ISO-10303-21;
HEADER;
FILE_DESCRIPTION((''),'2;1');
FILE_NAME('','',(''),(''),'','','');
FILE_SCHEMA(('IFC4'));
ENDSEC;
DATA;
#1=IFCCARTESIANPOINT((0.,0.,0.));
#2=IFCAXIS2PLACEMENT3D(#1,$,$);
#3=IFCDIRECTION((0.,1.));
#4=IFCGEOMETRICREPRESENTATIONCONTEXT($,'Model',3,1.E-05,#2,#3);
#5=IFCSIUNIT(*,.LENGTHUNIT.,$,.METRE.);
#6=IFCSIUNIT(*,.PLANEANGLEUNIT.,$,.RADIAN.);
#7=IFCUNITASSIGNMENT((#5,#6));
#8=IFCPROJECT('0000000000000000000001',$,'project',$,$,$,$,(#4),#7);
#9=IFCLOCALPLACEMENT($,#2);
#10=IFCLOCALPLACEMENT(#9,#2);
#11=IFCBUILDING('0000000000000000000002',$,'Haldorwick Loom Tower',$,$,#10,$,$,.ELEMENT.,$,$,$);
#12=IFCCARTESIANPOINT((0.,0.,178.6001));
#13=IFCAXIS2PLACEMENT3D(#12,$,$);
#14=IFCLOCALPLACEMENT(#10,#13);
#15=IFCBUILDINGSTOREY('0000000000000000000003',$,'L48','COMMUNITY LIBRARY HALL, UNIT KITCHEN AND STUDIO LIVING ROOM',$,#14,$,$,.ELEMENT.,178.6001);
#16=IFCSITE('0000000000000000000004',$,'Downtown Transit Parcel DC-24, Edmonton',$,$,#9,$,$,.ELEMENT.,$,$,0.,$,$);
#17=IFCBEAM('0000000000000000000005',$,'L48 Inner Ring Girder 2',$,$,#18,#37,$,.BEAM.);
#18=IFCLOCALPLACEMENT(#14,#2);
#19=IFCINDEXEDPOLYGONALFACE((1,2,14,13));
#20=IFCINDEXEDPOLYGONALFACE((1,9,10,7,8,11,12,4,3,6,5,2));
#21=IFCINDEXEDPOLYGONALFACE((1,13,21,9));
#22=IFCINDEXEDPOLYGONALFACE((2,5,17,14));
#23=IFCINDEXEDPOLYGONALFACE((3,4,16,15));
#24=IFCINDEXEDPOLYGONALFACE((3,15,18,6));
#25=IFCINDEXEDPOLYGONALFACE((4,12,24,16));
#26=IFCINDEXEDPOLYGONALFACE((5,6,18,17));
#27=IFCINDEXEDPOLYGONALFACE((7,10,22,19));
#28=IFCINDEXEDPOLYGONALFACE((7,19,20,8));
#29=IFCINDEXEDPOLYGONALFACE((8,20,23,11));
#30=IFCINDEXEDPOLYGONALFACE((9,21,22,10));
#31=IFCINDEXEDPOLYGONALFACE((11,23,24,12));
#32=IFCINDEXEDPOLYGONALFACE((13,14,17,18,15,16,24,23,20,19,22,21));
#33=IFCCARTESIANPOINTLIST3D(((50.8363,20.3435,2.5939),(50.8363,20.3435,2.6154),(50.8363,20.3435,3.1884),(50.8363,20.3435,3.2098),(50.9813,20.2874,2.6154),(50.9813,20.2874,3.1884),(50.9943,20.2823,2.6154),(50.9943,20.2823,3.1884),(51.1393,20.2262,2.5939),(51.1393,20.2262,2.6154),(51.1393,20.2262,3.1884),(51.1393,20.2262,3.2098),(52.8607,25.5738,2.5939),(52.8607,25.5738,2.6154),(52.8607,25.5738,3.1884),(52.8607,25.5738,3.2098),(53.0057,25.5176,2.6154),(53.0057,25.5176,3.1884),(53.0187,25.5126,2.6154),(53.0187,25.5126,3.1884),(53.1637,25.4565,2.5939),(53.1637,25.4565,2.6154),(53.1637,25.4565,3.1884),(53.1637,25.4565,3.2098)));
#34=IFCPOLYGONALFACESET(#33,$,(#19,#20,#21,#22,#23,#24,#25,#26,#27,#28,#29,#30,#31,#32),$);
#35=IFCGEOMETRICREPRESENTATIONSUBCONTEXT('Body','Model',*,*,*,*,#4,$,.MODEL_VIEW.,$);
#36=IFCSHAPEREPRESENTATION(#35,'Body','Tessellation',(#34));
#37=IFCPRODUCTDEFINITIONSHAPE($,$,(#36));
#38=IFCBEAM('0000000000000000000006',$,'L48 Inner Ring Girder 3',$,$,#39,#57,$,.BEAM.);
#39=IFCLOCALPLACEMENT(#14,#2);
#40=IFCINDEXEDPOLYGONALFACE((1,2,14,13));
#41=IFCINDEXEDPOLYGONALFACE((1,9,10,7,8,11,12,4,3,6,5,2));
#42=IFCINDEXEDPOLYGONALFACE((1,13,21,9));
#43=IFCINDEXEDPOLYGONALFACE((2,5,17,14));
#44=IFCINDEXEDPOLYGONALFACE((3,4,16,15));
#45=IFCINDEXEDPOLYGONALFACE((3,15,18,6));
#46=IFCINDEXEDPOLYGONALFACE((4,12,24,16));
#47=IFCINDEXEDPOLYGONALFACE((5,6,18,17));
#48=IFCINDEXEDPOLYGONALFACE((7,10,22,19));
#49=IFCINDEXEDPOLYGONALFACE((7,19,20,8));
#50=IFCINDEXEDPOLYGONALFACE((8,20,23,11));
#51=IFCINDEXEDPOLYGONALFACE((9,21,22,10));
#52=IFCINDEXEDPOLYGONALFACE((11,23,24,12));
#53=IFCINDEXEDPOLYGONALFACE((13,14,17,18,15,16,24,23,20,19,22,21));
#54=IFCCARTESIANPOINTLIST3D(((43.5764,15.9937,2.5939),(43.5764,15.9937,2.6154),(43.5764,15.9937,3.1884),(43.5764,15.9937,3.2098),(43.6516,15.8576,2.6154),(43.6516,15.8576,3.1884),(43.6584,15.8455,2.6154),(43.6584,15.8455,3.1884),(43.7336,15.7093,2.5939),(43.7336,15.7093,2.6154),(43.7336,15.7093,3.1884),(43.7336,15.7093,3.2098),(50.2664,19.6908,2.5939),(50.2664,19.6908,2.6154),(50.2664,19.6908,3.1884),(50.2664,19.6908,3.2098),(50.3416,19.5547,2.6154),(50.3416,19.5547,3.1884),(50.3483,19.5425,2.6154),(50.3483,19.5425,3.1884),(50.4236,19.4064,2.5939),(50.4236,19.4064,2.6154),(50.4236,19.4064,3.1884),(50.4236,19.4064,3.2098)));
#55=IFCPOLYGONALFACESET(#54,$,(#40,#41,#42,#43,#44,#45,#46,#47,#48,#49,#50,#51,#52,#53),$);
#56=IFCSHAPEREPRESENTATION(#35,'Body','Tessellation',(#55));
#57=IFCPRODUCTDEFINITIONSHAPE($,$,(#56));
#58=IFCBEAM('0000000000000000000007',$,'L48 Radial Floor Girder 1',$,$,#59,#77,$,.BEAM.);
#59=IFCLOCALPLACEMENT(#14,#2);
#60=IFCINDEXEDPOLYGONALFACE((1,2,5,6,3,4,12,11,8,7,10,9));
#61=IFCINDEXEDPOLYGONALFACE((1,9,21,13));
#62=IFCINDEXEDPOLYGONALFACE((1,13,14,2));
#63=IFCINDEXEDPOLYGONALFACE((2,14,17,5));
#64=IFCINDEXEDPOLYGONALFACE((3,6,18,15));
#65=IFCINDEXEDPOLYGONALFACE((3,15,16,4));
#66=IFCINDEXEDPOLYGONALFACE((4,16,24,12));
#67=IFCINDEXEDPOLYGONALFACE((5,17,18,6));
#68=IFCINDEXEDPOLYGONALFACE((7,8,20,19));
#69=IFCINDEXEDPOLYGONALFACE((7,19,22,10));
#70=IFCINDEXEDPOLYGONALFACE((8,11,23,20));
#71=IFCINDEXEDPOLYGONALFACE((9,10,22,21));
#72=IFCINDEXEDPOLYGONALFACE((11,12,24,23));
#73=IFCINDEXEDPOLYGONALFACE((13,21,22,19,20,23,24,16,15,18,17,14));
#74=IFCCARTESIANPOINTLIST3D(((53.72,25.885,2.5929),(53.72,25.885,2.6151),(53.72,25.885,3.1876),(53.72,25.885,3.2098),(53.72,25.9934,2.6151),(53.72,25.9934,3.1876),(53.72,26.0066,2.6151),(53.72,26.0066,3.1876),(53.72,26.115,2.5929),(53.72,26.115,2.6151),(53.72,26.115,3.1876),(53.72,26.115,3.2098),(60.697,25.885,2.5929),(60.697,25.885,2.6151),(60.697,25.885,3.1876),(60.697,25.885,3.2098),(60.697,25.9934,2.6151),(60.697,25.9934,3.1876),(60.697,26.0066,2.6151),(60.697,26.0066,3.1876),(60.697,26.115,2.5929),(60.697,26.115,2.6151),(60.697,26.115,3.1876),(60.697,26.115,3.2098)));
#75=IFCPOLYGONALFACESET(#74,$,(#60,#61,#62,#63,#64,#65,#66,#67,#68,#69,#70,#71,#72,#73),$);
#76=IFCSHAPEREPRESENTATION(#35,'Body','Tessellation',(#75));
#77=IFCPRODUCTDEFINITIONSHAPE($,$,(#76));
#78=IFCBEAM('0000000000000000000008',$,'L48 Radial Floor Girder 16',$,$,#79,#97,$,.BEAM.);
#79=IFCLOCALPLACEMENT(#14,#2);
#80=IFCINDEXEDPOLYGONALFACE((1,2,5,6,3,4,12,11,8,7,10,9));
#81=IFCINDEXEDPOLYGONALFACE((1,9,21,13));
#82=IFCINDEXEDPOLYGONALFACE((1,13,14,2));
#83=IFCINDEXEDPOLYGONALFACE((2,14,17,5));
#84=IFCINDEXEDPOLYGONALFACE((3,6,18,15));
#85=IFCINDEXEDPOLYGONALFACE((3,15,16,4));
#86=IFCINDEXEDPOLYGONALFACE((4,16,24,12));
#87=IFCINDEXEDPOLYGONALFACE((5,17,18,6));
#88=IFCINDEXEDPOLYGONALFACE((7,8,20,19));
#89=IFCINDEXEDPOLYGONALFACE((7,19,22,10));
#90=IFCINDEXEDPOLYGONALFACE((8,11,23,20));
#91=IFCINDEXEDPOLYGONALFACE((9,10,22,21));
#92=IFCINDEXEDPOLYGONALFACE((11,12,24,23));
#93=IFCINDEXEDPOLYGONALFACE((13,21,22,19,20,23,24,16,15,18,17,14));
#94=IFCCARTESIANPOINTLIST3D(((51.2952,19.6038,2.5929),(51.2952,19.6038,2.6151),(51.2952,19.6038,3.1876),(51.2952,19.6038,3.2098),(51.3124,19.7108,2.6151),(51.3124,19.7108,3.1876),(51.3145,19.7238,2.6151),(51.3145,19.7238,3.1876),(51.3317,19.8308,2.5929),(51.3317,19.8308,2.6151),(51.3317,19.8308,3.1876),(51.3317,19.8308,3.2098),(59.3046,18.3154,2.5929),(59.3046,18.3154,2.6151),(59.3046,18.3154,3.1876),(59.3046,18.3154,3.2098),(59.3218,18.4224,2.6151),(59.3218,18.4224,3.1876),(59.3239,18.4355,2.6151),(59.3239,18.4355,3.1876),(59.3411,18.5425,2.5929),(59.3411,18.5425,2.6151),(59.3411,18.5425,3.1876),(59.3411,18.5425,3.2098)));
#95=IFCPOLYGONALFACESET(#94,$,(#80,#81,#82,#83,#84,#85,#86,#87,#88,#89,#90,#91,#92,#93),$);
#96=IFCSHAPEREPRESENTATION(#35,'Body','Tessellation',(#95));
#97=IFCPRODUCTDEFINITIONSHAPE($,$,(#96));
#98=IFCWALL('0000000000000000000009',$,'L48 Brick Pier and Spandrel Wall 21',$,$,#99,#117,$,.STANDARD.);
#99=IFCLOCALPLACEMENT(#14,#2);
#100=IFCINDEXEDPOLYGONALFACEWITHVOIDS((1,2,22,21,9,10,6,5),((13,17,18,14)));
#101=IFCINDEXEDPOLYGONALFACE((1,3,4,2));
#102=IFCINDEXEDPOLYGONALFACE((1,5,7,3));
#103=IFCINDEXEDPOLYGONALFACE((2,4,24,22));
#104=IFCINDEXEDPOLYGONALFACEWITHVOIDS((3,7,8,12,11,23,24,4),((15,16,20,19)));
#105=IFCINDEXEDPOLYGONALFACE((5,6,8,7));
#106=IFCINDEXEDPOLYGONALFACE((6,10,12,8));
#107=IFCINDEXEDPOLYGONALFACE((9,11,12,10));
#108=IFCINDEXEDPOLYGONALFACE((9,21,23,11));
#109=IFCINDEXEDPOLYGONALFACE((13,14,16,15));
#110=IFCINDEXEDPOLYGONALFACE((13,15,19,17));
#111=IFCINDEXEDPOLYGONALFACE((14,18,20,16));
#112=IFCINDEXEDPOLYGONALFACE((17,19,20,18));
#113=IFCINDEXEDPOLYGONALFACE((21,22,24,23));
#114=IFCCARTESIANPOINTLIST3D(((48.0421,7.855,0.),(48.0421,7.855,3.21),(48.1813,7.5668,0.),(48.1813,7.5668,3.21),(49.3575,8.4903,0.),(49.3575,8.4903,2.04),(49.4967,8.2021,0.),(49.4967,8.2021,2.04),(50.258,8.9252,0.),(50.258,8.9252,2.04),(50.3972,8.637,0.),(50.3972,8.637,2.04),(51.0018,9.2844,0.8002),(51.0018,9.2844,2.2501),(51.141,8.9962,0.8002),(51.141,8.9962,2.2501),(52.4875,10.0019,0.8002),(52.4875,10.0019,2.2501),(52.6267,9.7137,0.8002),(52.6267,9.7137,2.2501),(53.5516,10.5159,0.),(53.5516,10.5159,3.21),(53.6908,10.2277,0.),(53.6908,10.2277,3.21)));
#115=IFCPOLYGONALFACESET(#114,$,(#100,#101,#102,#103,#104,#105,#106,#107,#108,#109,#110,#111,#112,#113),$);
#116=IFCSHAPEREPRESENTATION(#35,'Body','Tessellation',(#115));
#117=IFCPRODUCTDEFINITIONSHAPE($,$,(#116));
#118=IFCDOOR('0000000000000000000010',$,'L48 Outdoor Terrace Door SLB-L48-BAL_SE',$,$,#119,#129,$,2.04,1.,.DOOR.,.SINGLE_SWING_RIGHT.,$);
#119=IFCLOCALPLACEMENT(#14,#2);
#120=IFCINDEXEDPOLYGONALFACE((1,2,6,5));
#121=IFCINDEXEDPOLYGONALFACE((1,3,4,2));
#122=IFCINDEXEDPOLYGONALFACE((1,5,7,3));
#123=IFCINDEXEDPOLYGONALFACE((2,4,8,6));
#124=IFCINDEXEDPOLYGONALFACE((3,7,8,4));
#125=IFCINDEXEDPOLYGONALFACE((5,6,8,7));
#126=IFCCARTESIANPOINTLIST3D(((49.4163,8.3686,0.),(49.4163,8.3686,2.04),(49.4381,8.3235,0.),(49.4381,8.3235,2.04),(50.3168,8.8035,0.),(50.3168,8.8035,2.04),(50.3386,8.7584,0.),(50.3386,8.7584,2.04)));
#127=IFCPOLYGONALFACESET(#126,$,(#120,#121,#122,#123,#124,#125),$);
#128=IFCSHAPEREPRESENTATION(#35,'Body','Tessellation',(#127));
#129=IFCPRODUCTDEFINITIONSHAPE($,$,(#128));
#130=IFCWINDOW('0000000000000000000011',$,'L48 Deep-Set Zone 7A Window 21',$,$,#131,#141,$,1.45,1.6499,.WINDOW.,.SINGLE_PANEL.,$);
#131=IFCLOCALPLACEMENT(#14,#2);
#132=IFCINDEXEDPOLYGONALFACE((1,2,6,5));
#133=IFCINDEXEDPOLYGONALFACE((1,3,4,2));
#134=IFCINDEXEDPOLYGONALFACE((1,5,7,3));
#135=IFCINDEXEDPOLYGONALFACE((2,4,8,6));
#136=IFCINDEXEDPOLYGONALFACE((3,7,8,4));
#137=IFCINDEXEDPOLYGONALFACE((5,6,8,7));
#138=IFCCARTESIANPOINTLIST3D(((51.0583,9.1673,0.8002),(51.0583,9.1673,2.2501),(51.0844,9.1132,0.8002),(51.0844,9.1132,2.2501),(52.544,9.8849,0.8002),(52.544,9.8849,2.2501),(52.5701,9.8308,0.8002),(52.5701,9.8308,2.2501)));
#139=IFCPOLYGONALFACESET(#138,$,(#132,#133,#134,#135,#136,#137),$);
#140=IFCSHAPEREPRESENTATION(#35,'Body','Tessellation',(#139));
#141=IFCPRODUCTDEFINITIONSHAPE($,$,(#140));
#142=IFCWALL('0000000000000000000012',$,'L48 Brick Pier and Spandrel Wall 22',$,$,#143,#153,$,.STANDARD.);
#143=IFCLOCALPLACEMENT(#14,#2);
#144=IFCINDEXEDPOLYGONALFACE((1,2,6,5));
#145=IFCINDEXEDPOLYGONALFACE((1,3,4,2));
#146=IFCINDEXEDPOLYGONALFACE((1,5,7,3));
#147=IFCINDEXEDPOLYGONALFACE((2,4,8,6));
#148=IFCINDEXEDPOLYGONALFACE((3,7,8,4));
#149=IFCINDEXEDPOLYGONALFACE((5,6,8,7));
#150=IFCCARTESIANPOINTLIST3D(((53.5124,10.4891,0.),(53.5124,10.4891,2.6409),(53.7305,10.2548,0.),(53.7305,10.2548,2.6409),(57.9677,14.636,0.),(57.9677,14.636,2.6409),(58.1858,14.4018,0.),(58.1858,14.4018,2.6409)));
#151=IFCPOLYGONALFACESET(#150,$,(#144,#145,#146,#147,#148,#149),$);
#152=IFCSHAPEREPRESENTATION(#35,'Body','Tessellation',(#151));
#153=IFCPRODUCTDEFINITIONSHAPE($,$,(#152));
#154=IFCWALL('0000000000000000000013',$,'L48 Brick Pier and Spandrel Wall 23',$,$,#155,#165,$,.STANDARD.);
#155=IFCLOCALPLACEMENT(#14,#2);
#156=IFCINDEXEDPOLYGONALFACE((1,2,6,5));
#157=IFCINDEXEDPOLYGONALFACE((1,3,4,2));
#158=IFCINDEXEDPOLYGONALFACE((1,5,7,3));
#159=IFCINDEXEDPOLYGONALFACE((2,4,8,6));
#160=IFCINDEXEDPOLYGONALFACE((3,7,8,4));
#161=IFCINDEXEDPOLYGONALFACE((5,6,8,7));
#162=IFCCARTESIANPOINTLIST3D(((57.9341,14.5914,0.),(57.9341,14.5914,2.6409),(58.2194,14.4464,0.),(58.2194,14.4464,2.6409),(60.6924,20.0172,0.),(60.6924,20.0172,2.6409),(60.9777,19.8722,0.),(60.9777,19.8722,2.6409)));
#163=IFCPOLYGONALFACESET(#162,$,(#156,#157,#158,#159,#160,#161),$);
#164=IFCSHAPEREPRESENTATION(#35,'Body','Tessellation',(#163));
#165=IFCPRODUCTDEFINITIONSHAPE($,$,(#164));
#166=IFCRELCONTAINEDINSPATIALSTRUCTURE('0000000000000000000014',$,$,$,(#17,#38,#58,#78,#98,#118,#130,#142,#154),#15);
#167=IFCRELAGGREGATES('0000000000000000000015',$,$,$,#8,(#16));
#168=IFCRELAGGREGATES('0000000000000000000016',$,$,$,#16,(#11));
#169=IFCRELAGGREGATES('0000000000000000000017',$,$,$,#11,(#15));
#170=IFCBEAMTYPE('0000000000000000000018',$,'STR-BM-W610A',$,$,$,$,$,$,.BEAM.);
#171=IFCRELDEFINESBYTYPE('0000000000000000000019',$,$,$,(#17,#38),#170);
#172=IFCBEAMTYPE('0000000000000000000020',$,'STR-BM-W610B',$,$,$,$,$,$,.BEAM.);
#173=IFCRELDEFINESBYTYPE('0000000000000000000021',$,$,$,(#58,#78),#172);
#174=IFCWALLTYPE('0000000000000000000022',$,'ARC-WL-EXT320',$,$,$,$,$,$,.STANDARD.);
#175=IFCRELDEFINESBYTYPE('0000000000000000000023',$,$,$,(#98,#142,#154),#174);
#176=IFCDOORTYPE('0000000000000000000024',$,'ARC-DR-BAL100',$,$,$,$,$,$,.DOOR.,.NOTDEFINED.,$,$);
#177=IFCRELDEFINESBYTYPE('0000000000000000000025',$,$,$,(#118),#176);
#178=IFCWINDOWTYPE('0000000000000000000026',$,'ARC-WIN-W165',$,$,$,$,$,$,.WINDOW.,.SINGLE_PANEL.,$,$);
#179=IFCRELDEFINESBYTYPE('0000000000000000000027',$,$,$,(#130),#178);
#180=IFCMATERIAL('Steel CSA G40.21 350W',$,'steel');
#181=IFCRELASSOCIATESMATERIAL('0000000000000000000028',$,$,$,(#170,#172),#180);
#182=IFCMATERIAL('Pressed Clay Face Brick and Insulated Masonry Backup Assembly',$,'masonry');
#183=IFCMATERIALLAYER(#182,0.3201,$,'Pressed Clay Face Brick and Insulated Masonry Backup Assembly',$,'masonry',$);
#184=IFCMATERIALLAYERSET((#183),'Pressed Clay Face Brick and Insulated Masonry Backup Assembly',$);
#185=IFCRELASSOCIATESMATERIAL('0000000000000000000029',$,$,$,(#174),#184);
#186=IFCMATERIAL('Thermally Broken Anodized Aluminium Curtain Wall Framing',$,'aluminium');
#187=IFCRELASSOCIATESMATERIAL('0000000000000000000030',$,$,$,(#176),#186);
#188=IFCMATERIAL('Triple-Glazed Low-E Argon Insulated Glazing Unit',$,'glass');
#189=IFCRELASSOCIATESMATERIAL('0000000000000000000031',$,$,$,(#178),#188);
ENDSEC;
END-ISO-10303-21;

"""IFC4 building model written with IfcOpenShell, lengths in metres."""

from ifc_helpers import new_model, si_unit, direction, frame, frame_2d, origin, origin_2d, place, context, subcontext, project, spatial, rectangle, i_section, extrude, material, layer, layer_set, material_profile, profile_set, type_object, element, fill, save


model = new_model("IFC4")

# Units and contexts
model_context = context("Model", 3, precision=1e-05, world=origin(), true_north=direction((0.0, 1.0)))
body_context = subcontext(model_context, "Body", "Model", "MODEL_VIEW")
ifc_project = project(units=[si_unit("LENGTHUNIT", "METRE"), si_unit("PLANEANGLEUNIT", "RADIAN")], contexts=[model_context])

# Site, building, storey
site_placement = place(None, origin())
site = spatial("IfcSite", under=ifc_project, at=site_placement, Name="Downtown Transit Parcel DC-24, Edmonton", CompositionType="ELEMENT", RefElevation=0.0)
building_placement = place(site_placement, origin())
building = spatial("IfcBuilding", under=site, at=building_placement, Name="Haldorwick Loom Tower", CompositionType="ELEMENT")
storey_placement = place(building_placement, frame((0.0, 0.0, 178.6001)))
storey = spatial("IfcBuildingStorey", under=building, at=storey_placement, Name="L48", Description="COMMUNITY LIBRARY HALL, UNIT KITCHEN AND STUDIO LIVING ROOM", CompositionType="ELEMENT", Elevation=178.6001)

# Beams
ifc_material_1 = material(Name="Steel CSA G40.21 350W", Category="steel")
ifc_material_profile_1 = material_profile(ifc_material_1, i_section(OverallWidth=0.325, OverallDepth=0.616, WebThickness=0.0139, FlangeThickness=0.0215, at=origin_2d()), Name="W610X174", Category="steel")
ifc_profile_set_1 = profile_set([ifc_material_profile_1], Name="Steel CSA G40.21 350W")
beam_type_1 = type_object("IfcBeamType", Name="STR-BM-W610A", PredefinedType="BEAM", material=ifc_profile_set_1)
beam_1_placement = place(storey_placement, frame((53.0122, 25.5151, 2.9019), z_axis=(-0.360965, -0.932579, 0.0), x_axis=(0.932579, -0.360965, 0.0)))
element("IfcBeam", 1, at=beam_1_placement, inside=storey, type_object=beam_type_1, Name="L48 Inner Ring Girder 2", PredefinedType="BEAM", context=body_context, shape_type="SweptSolid", body=[
    extrude(i_section(OverallWidth=0.325, OverallDepth=0.616, WebThickness=0.0139, FlangeThickness=0.0215, at=origin_2d()), origin(), (0.0, 0.0, 1.0), 5.6084),
])
beam_2_placement = place(storey_placement, frame((50.345, 19.5486, 2.9019), z_axis=(-0.875244, -0.483681, 0.0), x_axis=(0.483681, -0.875244, 0.0)))
element("IfcBeam", 2, at=beam_2_placement, inside=storey, type_object=beam_type_1, Name="L48 Inner Ring Girder 3", PredefinedType="BEAM", context=body_context, shape_type="SweptSolid", body=[
    extrude(i_section(OverallWidth=0.325, OverallDepth=0.616, WebThickness=0.0139, FlangeThickness=0.0215, at=origin_2d()), origin(), (0.0, 0.0, 1.0), 7.6436),
])
ifc_material_profile_2 = material_profile(ifc_material_1, i_section(OverallWidth=0.23, OverallDepth=0.6169, WebThickness=0.0132, FlangeThickness=0.0222, at=origin_2d()), Name="W610X140", Category="steel")
ifc_profile_set_2 = profile_set([ifc_material_profile_2], Name="Steel CSA G40.21 350W")
beam_type_2 = type_object("IfcBeamType", Name="STR-BM-W610B", PredefinedType="BEAM", material=ifc_profile_set_2)
beam_3_placement = place(storey_placement, frame((53.72, 26.0, 2.9014), z_axis=(1.0, 0.0, 0.0), x_axis=(0.0, 1.0, 0.0)))
element("IfcBeam", 3, at=beam_3_placement, inside=storey, type_object=beam_type_2, Name="L48 Radial Floor Girder 1", PredefinedType="BEAM", context=body_context, shape_type="SweptSolid", body=[
    extrude(i_section(OverallWidth=0.23, OverallDepth=0.6169, WebThickness=0.0132, FlangeThickness=0.0222, at=origin_2d()), origin(), (0.0, 0.0, 1.0), 6.9771),
])
beam_4_placement = place(storey_placement, frame((51.3135, 19.7173, 2.9014), z_axis=(0.987309, -0.158813, 0.0), x_axis=(0.158813, 0.987309, 0.0)))
element("IfcBeam", 4, at=beam_4_placement, inside=storey, type_object=beam_type_2, Name="L48 Radial Floor Girder 16", PredefinedType="BEAM", context=body_context, shape_type="SweptSolid", body=[
    extrude(i_section(OverallWidth=0.23, OverallDepth=0.6169, WebThickness=0.0132, FlangeThickness=0.0222, at=origin_2d()), origin(), (0.0, 0.0, 1.0), 8.1123),
])

# Wall, openings, door, window
ifc_material_2 = material(Name="Pressed Clay Face Brick and Insulated Masonry Backup Assembly", Category="masonry")
ifc_layer_1 = layer(ifc_material_2, 0.3201, Name="Pressed Clay Face Brick and Insulated Masonry Backup Assembly", Category="masonry")
ifc_layer_set_1 = layer_set([ifc_layer_1], Name="Pressed Clay Face Brick and Insulated Masonry Backup Assembly")
wall_type_1 = type_object("IfcWallType", Name="ARC-WL-EXT320", PredefinedType="STANDARD", material=ifc_layer_set_1)
wall_1_placement = place(storey_placement, frame((48.1118, 7.7109, 0.0), z_axis=(0.0, 0.0, 1.0), x_axis=(0.90048, 0.434897, 0.0)))
wall_1 = element("IfcWall", 5, at=wall_1_placement, inside=storey, type_object=wall_type_1, Name="L48 Brick Pier and Spandrel Wall 21", PredefinedType="STANDARD", context=body_context, shape_type="SweptSolid", body=[
    extrude(rectangle(XDim=6.1184, YDim=0.3201, at=frame_2d((3.0591, 0.0))), origin(), (0.0, 0.0, 1.0), 3.21),
])
opening_1_placement = place(wall_1_placement, frame((1.4607, 0.0, 0.0)))
opening_1 = element("IfcOpeningElement", 6, at=opening_1_placement, cuts=wall_1, PredefinedType="OPENING", context=body_context, shape_type="SweptSolid", body=[
    extrude(rectangle(XDim=1.0, YDim=2.04, at=frame_2d((0.5, 1.02))), frame((0.0, 0.1699, 0.0), z_axis=(0.0, -1.0, 0.0), x_axis=(1.0, 0.0, 0.0)), (0.0, 0.0, 1.0), 0.3401),
])
opening_2_placement = place(wall_1_placement, frame((3.2866, 0.0, 0.8)))
opening_2 = element("IfcOpeningElement", 7, at=opening_2_placement, cuts=wall_1, PredefinedType="OPENING", context=body_context, shape_type="SweptSolid", body=[
    extrude(rectangle(XDim=1.6499, YDim=1.45, at=frame_2d((0.825, 0.7251))), frame((0.0, 0.1699, 0.0), z_axis=(0.0, -1.0, 0.0), x_axis=(1.0, 0.0, 0.0)), (0.0, 0.0, 1.0), 0.3401),
])
ifc_material_3 = material(Name="Thermally Broken Anodized Aluminium Curtain Wall Framing", Category="aluminium")
door_type = type_object("IfcDoorType", Name="ARC-DR-BAL100", OperationType="NOTDEFINED", PredefinedType="DOOR", material=ifc_material_3)
door_placement = place(opening_1_placement, origin())
door = element("IfcDoor", 8, at=door_placement, inside=storey, type_object=door_type, Name="L48 Outdoor Terrace Door SLB-L48-BAL_SE", OperationType="SINGLE_SWING_RIGHT", OverallHeight=2.04, OverallWidth=1.0, PredefinedType="DOOR", context=body_context, shape_type="SweptSolid", body=[
    extrude(rectangle(XDim=1.0, YDim=2.04, at=frame_2d((0.5, 1.02))), frame((0.0, 0.0249, 0.0), z_axis=(0.0, -1.0, 0.0), x_axis=(1.0, 0.0, 0.0)), (0.0, 0.0, 1.0), 0.05),
])
fill(opening_1, door)
ifc_material_4 = material(Name="Triple-Glazed Low-E Argon Insulated Glazing Unit", Category="glass")
window_type = type_object("IfcWindowType", Name="ARC-WIN-W165", PartitioningType="SINGLE_PANEL", PredefinedType="WINDOW", material=ifc_material_4)
window_1_placement = place(opening_2_placement, origin())
window_1 = element("IfcWindow", 9, at=window_1_placement, inside=storey, type_object=window_type, Name="L48 Deep-Set Zone 7A Window 21", OverallHeight=1.45, OverallWidth=1.6499, PartitioningType="SINGLE_PANEL", PredefinedType="WINDOW", context=body_context, shape_type="SweptSolid", body=[
    extrude(rectangle(XDim=1.6499, YDim=1.45, at=frame_2d((0.825, 0.7251))), frame((0.0, 0.03, 0.0), z_axis=(0.0, -1.0, 0.0), x_axis=(1.0, 0.0, 0.0)), (0.0, 0.0, 1.0), 0.0601),
])
fill(opening_2, window_1)

# Walls
for number, where, z_axis, x_axis, name in (
    (10, (53.6213, 10.3718, 0.0), (0.0, 0.0, 1.0), (0.731983, 0.681323, 0.0), "L48 Brick Pier and Spandrel Wall 22"),
    (11, (58.0767, 14.5188, 0.0), (0.0, 0.0, 1.0), (0.453172, 0.891423, 0.0), "L48 Brick Pier and Spandrel Wall 23"),
):
    element("IfcWall", number, at=place(storey_placement, frame(where, z_axis=z_axis, x_axis=x_axis)), inside=storey, type_object=wall_type_1, Name=name, PredefinedType="STANDARD", context=body_context, shape_type="SweptSolid", body=[
        extrude(rectangle(XDim=6.0867, YDim=0.3201, at=frame_2d((3.0435, 0.0))), origin(), (0.0, 0.0, 1.0), 2.6409),
    ])

save(model, "model.ifc")
